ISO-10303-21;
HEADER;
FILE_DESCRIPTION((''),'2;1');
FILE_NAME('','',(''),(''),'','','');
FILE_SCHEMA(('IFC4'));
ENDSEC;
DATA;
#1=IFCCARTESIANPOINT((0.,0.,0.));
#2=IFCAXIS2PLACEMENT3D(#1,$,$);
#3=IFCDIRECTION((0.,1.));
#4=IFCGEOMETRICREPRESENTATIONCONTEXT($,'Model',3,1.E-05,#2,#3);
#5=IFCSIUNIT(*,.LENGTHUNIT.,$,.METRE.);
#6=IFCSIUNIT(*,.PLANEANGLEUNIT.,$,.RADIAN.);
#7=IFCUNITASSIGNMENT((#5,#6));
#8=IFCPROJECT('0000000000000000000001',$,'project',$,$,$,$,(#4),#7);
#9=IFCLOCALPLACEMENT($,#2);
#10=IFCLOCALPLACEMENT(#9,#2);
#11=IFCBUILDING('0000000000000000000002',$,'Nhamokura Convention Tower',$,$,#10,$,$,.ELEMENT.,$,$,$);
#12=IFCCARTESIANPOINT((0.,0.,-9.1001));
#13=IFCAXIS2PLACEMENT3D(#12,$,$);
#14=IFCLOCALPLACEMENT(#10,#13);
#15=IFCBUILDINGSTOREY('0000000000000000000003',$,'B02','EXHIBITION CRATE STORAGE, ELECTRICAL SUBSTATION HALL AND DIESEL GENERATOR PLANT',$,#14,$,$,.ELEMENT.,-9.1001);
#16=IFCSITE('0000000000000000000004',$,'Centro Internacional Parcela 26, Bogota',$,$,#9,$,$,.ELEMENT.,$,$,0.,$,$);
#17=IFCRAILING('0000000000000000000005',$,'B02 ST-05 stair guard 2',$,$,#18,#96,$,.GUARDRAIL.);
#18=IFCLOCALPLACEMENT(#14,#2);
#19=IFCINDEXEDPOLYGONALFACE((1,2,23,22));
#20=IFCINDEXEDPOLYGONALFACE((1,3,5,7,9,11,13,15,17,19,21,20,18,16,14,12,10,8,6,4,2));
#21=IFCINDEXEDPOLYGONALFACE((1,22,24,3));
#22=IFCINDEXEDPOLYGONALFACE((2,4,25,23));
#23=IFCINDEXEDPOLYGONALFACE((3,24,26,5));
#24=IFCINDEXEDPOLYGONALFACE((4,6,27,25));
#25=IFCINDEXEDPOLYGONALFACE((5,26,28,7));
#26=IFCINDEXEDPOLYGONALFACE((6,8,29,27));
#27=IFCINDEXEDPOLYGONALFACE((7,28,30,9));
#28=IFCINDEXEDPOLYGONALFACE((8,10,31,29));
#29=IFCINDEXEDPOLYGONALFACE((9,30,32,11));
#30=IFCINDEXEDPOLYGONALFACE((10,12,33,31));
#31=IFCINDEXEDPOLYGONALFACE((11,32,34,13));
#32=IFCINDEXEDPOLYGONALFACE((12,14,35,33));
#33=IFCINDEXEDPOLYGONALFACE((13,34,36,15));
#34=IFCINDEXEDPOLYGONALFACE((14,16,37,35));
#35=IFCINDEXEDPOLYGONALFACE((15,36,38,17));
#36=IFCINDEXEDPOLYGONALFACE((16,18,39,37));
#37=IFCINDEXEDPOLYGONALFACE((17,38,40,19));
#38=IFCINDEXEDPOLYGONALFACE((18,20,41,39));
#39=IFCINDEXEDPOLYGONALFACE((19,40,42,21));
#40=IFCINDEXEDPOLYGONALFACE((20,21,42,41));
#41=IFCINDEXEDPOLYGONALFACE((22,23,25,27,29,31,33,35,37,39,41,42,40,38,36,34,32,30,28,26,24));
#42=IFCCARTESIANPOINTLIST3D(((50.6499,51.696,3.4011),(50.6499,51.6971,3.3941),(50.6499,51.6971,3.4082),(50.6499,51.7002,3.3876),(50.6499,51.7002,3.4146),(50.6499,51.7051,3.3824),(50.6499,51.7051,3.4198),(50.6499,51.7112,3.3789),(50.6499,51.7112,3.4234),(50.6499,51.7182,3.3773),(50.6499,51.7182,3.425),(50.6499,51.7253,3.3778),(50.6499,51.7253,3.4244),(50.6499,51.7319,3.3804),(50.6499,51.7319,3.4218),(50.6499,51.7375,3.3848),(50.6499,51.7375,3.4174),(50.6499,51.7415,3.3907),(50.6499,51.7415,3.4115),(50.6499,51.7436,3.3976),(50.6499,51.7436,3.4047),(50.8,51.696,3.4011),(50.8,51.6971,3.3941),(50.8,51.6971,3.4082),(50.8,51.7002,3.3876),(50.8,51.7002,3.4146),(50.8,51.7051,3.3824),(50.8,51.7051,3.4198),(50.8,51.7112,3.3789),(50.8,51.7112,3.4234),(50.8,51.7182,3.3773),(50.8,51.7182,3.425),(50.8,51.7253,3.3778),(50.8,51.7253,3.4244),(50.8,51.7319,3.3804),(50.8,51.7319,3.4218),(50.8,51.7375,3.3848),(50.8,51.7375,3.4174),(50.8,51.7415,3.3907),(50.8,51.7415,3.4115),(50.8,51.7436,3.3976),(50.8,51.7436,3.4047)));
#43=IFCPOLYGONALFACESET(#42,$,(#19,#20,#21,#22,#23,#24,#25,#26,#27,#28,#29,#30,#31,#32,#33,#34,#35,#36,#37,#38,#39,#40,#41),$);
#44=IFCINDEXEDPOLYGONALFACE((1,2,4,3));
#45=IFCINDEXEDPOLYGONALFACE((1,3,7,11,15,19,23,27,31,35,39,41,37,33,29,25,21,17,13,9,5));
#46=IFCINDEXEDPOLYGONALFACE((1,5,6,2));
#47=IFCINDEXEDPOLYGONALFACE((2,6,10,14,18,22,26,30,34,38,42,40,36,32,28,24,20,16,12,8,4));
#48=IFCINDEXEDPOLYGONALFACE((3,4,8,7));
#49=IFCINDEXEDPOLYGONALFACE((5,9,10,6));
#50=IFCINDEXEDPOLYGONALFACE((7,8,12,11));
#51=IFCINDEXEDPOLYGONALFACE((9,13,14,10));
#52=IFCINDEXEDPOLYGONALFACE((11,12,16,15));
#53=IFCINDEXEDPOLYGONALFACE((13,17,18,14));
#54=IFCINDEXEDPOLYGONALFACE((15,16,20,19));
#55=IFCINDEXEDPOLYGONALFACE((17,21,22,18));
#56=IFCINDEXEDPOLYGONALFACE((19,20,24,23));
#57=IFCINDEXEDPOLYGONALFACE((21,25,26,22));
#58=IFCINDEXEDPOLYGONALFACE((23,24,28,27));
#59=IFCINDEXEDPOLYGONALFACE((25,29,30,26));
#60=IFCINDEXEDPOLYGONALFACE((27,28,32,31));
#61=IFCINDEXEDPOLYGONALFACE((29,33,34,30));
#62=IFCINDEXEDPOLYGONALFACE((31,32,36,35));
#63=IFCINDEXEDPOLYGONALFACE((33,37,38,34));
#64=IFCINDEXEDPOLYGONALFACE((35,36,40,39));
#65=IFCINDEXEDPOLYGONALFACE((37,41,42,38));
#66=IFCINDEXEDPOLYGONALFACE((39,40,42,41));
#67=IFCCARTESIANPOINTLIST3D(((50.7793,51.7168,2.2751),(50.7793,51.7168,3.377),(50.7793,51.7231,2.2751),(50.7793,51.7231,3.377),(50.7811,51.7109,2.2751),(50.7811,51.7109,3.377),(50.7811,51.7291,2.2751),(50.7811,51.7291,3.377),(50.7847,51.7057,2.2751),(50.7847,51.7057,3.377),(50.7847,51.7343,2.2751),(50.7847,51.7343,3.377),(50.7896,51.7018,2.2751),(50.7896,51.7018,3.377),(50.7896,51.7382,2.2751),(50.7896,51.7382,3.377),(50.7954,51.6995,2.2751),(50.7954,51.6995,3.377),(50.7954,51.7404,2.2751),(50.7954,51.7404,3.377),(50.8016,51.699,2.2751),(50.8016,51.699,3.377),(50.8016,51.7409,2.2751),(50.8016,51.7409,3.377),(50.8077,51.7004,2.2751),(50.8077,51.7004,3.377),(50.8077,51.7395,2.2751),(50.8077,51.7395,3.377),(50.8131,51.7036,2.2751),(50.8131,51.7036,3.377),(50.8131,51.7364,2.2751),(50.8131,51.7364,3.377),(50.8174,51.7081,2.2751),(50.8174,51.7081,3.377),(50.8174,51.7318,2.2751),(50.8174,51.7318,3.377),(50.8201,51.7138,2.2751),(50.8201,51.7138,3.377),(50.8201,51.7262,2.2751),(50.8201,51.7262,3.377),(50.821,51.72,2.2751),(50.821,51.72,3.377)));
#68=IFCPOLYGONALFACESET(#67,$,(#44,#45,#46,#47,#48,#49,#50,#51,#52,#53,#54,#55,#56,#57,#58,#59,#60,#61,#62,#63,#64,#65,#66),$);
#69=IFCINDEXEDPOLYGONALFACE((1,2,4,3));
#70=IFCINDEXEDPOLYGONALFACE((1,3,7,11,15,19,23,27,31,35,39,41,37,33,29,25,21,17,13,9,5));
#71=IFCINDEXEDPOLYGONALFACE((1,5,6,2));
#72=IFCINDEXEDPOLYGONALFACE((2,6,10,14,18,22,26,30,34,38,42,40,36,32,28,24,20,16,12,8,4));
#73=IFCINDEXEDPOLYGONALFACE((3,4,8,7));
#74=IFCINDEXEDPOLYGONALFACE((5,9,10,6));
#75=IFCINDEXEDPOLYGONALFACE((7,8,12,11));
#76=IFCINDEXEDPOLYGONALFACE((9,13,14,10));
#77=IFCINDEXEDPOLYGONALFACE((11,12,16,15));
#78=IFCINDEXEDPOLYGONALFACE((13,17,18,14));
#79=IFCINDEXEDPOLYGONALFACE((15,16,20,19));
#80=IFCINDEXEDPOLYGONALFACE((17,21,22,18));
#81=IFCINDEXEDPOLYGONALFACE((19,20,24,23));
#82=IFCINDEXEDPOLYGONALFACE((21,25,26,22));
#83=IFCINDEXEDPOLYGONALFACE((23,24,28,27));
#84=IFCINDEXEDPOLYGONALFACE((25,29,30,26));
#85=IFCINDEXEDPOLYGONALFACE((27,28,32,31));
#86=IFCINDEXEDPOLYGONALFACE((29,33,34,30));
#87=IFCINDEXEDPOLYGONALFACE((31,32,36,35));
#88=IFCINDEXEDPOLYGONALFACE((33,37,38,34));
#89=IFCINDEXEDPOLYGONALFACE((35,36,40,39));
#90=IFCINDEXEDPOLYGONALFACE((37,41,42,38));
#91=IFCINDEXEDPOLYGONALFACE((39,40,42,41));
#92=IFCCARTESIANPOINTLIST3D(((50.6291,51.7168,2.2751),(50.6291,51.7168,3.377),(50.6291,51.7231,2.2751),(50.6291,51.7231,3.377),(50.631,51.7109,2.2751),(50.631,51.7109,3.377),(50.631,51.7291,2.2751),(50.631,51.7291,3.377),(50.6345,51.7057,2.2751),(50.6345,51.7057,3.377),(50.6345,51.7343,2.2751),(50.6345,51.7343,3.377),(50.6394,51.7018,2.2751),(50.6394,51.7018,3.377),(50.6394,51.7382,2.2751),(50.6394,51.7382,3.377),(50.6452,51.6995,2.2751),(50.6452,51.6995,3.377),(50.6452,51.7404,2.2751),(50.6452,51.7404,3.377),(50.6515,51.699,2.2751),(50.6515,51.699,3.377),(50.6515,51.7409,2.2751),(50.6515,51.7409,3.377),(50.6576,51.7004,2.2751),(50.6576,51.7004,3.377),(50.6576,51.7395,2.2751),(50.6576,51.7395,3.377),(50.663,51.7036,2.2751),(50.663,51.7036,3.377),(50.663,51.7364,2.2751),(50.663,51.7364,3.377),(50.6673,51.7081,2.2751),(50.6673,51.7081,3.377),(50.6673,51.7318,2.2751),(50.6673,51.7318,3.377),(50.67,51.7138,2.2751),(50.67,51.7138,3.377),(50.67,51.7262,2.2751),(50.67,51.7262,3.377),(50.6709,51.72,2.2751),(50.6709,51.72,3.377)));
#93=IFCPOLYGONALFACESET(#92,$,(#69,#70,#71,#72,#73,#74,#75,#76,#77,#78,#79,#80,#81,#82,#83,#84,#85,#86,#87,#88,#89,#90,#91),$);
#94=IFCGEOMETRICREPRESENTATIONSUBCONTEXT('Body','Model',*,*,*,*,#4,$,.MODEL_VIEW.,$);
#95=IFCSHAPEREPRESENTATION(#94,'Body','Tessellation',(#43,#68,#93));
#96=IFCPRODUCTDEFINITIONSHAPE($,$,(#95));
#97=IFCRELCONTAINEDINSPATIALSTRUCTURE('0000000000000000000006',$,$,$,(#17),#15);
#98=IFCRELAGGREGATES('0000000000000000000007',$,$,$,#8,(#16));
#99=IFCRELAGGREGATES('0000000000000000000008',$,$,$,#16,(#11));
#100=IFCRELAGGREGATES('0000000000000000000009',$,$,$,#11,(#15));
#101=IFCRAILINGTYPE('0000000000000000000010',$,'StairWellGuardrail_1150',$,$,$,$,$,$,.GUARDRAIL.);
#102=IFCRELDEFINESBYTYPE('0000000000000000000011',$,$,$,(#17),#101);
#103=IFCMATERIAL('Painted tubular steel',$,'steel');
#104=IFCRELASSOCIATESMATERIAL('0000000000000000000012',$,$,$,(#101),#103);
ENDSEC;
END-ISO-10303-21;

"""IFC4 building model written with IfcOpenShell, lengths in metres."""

from ifc_helpers import new_model, si_unit, direction, frame, origin, origin_2d, place, context, subcontext, project, spatial, circle, extrude, material, type_object, element, save


model = new_model("IFC4")

# Units and contexts
model_context = context("Model", 3, precision=1e-05, world=origin(), true_north=direction((0.0, 1.0)))
body_context = subcontext(model_context, "Body", "Model", "MODEL_VIEW")
ifc_project = project(units=[si_unit("LENGTHUNIT", "METRE"), si_unit("PLANEANGLEUNIT", "RADIAN")], contexts=[model_context])

# Site, building, storey
site_placement = place(None, origin())
site = spatial("IfcSite", under=ifc_project, at=site_placement, Name="Centro Internacional Parcela 26, Bogota", CompositionType="ELEMENT", RefElevation=0.0)
building_placement = place(site_placement, origin())
building = spatial("IfcBuilding", under=site, at=building_placement, Name="Nhamokura Convention Tower", CompositionType="ELEMENT")
storey_placement = place(building_placement, frame((0.0, 0.0, -9.1001)))
storey = spatial("IfcBuildingStorey", under=building, at=storey_placement, Name="B02", Description="EXHIBITION CRATE STORAGE, ELECTRICAL SUBSTATION HALL AND DIESEL GENERATOR PLANT", CompositionType="ELEMENT", Elevation=-9.1001)

# Railing
ifc_material_1 = material(Name="Painted tubular steel", Category="steel")
railing_type = type_object("IfcRailingType", Name="StairWellGuardrail_1150", PredefinedType="GUARDRAIL", material=ifc_material_1)
railing_placement = place(storey_placement, frame((50.8, 51.72, 2.2751)))
element("IfcRailing", 1, at=railing_placement, inside=storey, type_object=railing_type, Name="B02 ST-05 stair guard 2", PredefinedType="GUARDRAIL", context=body_context, shape_type="SweptSolid", body=[
    extrude(circle(Radius=0.0239, at=origin_2d()), frame((0.0, 0.0, 1.126), z_axis=(-1.0, 0.0, 0.0), x_axis=(0.0, -1.0, 0.0)), (0.0, 0.0, 1.0), 0.1501),
    extrude(circle(Radius=0.021, at=origin_2d()), origin(), (0.0, 0.0, 1.0), 1.1018),
    extrude(circle(Radius=0.021, at=origin_2d()), frame((-0.1501, 0.0, 0.0)), (0.0, 0.0, 1.0), 1.1018),
])

save(model, "model.ifc")
